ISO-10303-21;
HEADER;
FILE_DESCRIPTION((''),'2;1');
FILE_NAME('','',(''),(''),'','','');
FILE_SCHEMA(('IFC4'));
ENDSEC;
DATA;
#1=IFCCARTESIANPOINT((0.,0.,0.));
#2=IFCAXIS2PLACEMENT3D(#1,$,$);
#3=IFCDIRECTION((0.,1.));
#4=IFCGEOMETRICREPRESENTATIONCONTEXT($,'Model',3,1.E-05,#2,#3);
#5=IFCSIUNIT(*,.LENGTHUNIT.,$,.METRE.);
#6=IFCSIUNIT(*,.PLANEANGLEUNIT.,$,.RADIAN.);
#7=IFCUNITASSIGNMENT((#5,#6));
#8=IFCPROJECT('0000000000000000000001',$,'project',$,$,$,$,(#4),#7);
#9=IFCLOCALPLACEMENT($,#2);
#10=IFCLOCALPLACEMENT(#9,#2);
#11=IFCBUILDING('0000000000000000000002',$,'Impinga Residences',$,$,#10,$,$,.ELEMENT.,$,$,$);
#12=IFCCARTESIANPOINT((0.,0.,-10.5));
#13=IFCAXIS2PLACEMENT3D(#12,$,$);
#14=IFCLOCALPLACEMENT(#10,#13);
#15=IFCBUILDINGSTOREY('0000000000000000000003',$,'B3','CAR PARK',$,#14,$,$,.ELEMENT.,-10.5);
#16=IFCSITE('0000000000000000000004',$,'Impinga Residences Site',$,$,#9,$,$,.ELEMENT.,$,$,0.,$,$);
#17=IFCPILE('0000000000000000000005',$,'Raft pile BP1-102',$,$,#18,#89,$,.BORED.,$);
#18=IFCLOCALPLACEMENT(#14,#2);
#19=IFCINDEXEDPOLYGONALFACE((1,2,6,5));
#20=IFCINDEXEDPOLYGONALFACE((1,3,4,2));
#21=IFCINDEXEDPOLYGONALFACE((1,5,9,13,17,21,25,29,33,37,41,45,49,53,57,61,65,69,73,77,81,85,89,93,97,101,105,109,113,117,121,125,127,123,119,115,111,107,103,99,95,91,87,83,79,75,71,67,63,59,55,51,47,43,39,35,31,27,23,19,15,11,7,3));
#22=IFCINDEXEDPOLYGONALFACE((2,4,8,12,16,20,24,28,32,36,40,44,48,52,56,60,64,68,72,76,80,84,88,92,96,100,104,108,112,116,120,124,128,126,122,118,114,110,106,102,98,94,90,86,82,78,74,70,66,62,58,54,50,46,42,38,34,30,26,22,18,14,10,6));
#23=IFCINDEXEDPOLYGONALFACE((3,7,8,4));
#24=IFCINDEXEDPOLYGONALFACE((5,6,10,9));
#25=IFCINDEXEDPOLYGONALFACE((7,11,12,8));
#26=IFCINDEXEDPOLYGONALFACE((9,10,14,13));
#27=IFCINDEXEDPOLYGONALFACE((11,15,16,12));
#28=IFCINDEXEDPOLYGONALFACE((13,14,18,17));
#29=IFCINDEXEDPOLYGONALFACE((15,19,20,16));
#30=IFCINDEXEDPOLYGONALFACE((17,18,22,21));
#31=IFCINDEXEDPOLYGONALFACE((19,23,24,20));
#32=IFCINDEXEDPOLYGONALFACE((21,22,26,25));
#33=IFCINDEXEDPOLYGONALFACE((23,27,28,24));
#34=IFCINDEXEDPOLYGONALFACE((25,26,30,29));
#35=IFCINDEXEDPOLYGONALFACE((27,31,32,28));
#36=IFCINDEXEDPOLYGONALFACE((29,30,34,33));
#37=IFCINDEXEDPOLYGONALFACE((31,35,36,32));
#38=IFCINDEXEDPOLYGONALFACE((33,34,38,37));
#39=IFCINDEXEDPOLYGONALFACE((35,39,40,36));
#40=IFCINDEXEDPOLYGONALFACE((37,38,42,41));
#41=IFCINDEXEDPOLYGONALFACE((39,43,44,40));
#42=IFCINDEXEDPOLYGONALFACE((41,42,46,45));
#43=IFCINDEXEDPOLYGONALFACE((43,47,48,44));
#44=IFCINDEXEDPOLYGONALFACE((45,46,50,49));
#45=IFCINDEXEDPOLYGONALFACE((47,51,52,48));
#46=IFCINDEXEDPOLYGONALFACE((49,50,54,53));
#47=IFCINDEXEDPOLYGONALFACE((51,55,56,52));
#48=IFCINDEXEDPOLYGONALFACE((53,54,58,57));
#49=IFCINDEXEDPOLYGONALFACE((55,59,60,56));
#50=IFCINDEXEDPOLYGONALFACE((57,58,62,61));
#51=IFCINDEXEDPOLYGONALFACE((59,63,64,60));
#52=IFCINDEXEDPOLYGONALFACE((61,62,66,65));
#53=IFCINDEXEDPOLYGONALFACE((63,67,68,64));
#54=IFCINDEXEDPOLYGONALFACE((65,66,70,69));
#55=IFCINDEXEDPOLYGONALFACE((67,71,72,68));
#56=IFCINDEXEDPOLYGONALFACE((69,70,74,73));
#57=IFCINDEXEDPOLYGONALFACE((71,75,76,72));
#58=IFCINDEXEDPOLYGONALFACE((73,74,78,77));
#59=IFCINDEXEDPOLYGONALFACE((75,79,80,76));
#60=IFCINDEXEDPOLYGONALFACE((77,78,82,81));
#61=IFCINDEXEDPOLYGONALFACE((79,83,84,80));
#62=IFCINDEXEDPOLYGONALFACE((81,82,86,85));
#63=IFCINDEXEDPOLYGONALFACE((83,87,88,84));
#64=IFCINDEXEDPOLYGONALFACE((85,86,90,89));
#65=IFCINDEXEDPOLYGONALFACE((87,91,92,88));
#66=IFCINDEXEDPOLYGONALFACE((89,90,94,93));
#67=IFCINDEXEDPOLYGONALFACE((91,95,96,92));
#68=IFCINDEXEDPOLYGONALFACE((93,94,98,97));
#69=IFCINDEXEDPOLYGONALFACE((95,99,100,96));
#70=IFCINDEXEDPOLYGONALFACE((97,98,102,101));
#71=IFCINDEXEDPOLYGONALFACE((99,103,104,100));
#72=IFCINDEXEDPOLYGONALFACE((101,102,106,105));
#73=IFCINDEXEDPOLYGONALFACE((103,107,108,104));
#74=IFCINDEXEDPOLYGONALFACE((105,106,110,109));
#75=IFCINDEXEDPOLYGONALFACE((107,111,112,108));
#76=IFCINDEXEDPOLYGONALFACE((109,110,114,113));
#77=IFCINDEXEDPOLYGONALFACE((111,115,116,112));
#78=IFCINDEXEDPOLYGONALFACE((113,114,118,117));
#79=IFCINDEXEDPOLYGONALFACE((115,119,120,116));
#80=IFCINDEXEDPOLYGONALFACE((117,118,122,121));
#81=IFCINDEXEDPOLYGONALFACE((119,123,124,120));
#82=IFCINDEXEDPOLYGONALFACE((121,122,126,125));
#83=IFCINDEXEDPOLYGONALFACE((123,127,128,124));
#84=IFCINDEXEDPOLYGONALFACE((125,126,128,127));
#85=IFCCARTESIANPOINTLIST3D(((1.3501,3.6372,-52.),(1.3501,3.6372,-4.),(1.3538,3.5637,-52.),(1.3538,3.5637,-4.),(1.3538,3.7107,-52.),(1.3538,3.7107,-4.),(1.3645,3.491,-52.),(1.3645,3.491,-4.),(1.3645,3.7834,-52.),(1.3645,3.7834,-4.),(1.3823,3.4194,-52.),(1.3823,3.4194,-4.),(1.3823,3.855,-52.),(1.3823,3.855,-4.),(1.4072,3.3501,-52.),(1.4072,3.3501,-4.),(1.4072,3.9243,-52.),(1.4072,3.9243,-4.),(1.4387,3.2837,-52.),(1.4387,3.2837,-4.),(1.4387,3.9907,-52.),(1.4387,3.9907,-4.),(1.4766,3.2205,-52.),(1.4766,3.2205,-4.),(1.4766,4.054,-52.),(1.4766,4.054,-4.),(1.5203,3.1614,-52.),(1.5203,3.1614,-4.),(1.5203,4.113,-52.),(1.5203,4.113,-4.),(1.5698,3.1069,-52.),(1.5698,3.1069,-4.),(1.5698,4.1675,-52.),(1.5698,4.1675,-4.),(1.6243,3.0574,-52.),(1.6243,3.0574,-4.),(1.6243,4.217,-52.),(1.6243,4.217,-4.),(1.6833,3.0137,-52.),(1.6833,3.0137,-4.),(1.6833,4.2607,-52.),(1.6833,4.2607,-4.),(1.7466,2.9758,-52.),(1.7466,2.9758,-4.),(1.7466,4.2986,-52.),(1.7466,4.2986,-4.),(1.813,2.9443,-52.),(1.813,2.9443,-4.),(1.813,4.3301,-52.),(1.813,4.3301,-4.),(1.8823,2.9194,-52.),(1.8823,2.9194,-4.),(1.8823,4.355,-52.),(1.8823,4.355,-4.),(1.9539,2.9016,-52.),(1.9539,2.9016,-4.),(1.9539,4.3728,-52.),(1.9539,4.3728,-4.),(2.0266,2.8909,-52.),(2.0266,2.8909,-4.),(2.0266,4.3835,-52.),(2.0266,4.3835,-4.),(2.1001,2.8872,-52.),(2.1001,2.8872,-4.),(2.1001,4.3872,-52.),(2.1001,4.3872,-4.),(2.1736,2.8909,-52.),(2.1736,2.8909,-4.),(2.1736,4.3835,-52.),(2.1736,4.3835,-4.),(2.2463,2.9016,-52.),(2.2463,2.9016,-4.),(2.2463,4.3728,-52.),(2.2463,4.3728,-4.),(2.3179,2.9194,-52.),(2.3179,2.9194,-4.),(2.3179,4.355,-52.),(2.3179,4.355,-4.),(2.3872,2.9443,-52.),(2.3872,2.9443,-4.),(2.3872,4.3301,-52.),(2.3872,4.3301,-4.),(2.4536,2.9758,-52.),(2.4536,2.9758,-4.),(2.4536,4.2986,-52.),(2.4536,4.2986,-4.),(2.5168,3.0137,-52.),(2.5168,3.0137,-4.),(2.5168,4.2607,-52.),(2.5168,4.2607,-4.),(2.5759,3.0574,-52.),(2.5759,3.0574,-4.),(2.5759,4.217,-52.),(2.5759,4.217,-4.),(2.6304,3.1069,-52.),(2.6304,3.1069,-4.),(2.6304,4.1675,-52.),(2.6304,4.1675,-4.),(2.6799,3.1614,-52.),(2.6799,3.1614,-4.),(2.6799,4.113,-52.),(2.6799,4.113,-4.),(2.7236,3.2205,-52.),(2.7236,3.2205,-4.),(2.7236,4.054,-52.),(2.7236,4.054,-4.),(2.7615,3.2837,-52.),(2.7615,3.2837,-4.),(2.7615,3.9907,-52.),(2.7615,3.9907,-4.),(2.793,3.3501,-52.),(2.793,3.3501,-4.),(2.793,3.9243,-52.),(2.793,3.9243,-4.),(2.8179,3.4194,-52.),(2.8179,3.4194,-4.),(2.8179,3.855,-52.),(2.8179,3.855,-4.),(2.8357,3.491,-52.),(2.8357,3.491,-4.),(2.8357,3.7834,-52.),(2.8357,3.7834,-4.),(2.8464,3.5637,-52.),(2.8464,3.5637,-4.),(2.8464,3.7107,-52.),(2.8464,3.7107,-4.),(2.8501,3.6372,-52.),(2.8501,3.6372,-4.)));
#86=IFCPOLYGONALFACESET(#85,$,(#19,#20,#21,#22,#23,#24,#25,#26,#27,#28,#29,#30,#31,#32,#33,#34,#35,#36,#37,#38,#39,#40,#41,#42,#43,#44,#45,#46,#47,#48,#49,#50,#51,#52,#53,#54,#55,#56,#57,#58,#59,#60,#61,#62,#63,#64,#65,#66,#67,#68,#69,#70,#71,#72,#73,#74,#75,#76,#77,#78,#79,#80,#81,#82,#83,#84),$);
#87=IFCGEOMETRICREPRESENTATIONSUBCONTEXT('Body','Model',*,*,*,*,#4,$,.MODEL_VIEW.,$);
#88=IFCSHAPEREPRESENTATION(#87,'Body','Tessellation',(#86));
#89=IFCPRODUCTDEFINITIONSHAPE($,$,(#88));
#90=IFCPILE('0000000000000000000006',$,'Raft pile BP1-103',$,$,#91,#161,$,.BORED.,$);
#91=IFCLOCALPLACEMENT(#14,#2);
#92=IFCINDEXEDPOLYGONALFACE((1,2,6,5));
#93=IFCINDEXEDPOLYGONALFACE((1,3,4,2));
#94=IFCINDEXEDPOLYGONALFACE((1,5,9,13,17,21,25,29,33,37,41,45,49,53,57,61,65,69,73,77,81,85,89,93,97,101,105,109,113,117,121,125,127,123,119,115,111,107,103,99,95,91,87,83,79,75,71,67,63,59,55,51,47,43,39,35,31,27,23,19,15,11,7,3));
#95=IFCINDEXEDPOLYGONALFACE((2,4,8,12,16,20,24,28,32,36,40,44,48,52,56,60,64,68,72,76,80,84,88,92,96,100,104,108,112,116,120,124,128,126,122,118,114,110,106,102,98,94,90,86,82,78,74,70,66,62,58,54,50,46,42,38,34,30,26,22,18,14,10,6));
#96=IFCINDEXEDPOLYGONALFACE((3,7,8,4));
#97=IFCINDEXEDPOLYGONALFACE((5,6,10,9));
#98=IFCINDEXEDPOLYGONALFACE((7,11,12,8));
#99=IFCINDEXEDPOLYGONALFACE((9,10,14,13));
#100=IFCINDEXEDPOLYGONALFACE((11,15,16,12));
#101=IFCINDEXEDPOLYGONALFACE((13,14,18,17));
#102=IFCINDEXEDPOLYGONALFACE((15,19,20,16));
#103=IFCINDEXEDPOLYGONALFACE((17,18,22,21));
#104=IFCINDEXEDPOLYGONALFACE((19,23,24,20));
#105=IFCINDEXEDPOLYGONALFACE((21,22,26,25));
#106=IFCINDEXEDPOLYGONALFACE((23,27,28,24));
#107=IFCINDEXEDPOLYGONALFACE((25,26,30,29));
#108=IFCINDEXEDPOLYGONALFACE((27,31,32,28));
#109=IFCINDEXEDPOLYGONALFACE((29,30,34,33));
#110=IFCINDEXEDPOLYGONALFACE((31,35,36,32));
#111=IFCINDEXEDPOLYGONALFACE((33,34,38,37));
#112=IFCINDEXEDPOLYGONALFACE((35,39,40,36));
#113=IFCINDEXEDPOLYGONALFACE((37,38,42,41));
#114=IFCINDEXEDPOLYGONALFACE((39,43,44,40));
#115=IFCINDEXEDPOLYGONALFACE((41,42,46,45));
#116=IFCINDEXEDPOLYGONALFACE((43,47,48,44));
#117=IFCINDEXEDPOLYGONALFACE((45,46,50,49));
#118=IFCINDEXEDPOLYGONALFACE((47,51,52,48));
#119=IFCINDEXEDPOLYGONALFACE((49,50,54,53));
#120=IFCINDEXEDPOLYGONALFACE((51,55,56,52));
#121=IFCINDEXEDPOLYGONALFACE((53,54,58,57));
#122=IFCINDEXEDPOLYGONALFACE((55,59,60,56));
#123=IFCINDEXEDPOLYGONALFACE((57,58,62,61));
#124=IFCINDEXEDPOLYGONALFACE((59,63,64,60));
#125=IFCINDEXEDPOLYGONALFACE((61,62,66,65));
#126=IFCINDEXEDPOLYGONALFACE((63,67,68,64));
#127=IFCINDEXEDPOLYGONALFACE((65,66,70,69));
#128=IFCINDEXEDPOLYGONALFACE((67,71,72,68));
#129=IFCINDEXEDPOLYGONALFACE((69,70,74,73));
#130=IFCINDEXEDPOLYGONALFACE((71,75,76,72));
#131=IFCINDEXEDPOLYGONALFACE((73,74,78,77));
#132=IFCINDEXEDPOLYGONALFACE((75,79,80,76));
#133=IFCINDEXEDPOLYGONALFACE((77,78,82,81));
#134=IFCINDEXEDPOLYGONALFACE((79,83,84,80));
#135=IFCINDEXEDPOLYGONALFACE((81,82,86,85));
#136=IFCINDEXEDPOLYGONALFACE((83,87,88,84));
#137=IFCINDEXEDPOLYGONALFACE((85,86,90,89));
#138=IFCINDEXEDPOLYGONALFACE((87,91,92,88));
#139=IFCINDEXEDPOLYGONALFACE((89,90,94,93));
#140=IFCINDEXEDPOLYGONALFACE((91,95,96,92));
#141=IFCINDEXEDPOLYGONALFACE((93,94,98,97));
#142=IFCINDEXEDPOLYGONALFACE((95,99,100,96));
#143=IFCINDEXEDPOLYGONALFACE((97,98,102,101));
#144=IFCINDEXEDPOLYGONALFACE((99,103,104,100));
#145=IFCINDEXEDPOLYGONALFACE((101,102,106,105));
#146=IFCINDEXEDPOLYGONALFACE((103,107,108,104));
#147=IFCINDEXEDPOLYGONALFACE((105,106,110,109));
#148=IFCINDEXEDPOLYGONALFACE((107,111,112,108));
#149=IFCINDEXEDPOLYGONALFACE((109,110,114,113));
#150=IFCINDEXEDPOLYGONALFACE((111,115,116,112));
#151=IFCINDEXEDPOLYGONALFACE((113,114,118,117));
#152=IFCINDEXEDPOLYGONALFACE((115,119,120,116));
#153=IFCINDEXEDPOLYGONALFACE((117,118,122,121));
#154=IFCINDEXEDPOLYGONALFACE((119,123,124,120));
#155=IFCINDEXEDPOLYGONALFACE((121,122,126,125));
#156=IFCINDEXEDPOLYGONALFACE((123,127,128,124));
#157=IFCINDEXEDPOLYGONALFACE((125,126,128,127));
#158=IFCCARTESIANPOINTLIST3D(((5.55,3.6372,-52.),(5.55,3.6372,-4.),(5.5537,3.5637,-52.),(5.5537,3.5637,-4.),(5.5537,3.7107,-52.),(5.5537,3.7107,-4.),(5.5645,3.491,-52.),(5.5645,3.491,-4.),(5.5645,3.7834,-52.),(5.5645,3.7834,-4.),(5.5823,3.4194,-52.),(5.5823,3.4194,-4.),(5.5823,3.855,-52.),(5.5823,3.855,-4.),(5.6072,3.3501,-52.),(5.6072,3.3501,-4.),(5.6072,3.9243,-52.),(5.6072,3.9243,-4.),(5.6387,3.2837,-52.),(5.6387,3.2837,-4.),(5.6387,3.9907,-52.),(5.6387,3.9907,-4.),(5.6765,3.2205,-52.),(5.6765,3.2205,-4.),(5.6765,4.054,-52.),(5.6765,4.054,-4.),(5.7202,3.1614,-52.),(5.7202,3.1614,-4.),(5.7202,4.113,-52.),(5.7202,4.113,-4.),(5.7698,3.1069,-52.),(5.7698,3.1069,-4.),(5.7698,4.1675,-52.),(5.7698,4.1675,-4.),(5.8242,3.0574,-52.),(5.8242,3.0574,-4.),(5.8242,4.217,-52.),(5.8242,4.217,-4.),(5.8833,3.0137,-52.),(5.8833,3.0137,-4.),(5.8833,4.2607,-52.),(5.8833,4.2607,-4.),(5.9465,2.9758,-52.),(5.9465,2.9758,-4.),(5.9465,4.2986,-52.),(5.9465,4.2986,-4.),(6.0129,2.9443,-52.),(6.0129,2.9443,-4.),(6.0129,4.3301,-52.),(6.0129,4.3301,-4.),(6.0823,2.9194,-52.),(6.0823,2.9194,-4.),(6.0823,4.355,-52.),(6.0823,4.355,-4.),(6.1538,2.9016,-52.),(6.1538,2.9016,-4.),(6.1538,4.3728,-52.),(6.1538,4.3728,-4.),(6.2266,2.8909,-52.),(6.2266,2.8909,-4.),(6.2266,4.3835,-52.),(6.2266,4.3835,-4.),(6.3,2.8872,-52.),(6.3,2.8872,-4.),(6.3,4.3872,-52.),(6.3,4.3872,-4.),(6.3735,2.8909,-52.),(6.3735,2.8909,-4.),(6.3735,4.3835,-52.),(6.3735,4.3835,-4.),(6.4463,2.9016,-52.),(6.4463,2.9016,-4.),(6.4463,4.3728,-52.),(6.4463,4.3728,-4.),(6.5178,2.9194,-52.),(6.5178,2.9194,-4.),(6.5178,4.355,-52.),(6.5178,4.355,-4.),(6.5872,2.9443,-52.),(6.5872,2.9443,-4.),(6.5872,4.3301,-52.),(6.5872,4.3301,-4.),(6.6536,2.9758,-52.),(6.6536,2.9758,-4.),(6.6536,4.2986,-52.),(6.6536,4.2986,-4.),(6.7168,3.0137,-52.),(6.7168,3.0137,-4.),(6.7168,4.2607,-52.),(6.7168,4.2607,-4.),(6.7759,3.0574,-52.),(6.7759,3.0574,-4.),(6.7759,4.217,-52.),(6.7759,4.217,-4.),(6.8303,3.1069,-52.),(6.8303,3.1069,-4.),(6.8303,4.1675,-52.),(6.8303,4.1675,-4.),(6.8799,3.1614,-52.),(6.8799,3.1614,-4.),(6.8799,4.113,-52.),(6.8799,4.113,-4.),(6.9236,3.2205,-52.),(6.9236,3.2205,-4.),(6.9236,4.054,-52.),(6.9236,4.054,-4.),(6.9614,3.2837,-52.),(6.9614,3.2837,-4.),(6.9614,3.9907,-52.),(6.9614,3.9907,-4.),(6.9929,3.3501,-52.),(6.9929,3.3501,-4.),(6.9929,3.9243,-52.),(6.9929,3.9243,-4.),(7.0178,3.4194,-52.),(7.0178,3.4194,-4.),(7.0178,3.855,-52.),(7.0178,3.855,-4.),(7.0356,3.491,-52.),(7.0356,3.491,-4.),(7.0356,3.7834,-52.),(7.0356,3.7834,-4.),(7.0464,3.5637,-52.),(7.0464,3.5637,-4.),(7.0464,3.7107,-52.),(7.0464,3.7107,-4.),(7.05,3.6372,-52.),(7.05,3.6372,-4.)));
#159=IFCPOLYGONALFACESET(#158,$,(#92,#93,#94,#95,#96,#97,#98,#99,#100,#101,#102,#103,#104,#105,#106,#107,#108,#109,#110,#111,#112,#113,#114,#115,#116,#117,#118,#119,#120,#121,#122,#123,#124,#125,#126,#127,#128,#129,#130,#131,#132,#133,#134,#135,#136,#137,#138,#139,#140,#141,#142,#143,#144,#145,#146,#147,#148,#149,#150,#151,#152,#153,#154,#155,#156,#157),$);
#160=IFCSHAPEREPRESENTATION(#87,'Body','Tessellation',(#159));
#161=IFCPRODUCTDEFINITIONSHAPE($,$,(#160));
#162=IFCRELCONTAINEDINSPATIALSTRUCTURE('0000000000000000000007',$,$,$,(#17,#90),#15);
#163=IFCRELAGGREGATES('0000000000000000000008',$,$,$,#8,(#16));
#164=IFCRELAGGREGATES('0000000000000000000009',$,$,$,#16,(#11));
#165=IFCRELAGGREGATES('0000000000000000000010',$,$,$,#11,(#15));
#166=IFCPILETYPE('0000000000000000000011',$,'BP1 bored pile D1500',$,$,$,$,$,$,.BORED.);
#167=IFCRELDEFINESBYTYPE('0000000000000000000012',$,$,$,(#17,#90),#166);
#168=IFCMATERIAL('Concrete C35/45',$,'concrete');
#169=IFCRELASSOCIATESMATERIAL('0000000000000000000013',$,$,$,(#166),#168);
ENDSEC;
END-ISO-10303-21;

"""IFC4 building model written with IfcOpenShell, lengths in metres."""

from ifc_helpers import new_model, si_unit, direction, frame, origin, origin_2d, place, context, subcontext, project, spatial, polyline, circle, outline, extrude, material, material_profile, profile_set, type_object, element, save


model = new_model("IFC4")

# Units and contexts
model_context = context("Model", 3, precision=1e-05, world=origin(), true_north=direction((0.0, 1.0)))
body_context = subcontext(model_context, "Body", "Model", "MODEL_VIEW")
ifc_project = project(units=[si_unit("LENGTHUNIT", "METRE"), si_unit("PLANEANGLEUNIT", "RADIAN")], contexts=[model_context])

# Site, building, storey
site_placement = place(None, origin())
site = spatial("IfcSite", under=ifc_project, at=site_placement, Name="Impinga Residences Site", CompositionType="ELEMENT", RefElevation=0.0)
building_placement = place(site_placement, origin())
building = spatial("IfcBuilding", under=site, at=building_placement, Name="Impinga Residences", CompositionType="ELEMENT")
storey_placement = place(building_placement, frame((0.0, 0.0, -10.5)))
storey = spatial("IfcBuildingStorey", under=building, at=storey_placement, Name="B3", Description="CAR PARK", CompositionType="ELEMENT", Elevation=-10.5)

# Piles
ifc_material_1 = material(Name="Concrete C35/45", Category="concrete")
ifc_material_profile = material_profile(ifc_material_1, circle(Radius=0.75, at=origin_2d()), Name="D1500")
ifc_profile_set = profile_set([ifc_material_profile], Name="Concrete C35/45")
pile_type = type_object("IfcPileType", Name="BP1 bored pile D1500", PredefinedType="BORED", material=ifc_profile_set)
pile_1_placement = place(storey_placement, frame((2.1001, 3.6372, -4.0), z_axis=(0.0, 0.0, -1.0), x_axis=(1.0, 0.0, 0.0)))
element("IfcPile", 1, at=pile_1_placement, inside=storey, type_object=pile_type, Name="Raft pile BP1-102", PredefinedType="BORED", context=body_context, shape_type="SweptSolid", body=[
    extrude(outline(polyline([(0.75, 0.0), (0.7463, 0.0735), (0.7356, 0.1462), (0.7178, 0.2178), (0.6929, 0.2871), (0.6614, 0.3535), (0.6235, 0.4167), (0.5798, 0.4758), (0.5303, 0.5303), (0.4758, 0.5798), (0.4167, 0.6235), (0.3535, 0.6614), (0.2871, 0.6929), (0.2178, 0.7178), (0.1462, 0.7356), (0.0735, 0.7463), (0.0, 0.75), (-0.0735, 0.7463), (-0.1462, 0.7356), (-0.2178, 0.7178), (-0.2871, 0.6929), (-0.3535, 0.6614), (-0.4167, 0.6235), (-0.4758, 0.5798), (-0.5303, 0.5303), (-0.5798, 0.4758), (-0.6235, 0.4167), (-0.6614, 0.3535), (-0.6929, 0.2871), (-0.7178, 0.2178), (-0.7356, 0.1462), (-0.7463, 0.0735), (-0.75, 0.0), (-0.7463, -0.0735), (-0.7356, -0.1462), (-0.7178, -0.2178), (-0.6929, -0.2871), (-0.6614, -0.3535), (-0.6235, -0.4167), (-0.5798, -0.4758), (-0.5303, -0.5303), (-0.4758, -0.5798), (-0.4167, -0.6235), (-0.3535, -0.6614), (-0.2871, -0.6929), (-0.2178, -0.7178), (-0.1462, -0.7356), (-0.0735, -0.7463), (0.0, -0.75), (0.0735, -0.7463), (0.1462, -0.7356), (0.2178, -0.7178), (0.2871, -0.6929), (0.3535, -0.6614), (0.4167, -0.6235), (0.4758, -0.5798), (0.5303, -0.5303), (0.5798, -0.4758), (0.6235, -0.4167), (0.6614, -0.3535), (0.6929, -0.2871), (0.7178, -0.2178), (0.7356, -0.1462), (0.7463, -0.0735), (0.75, 0.0)])), origin(), (0.0, 0.0, 1.0), 48.0),
])
pile_2_placement = place(storey_placement, frame((6.3, 3.6372, -4.0), z_axis=(0.0, 0.0, -1.0), x_axis=(1.0, 0.0, 0.0)))
element("IfcPile", 2, at=pile_2_placement, inside=storey, type_object=pile_type, Name="Raft pile BP1-103", PredefinedType="BORED", context=body_context, shape_type="SweptSolid", body=[
    extrude(outline(polyline([(0.75, 0.0), (0.7463, 0.0735), (0.7356, 0.1462), (0.7178, 0.2178), (0.6929, 0.2871), (0.6614, 0.3535), (0.6235, 0.4167), (0.5798, 0.4758), (0.5303, 0.5303), (0.4758, 0.5798), (0.4167, 0.6235), (0.3535, 0.6614), (0.2871, 0.6929), (0.2178, 0.7178), (0.1462, 0.7356), (0.0735, 0.7463), (0.0, 0.75), (-0.0735, 0.7463), (-0.1462, 0.7356), (-0.2178, 0.7178), (-0.2871, 0.6929), (-0.3535, 0.6614), (-0.4167, 0.6235), (-0.4758, 0.5798), (-0.5303, 0.5303), (-0.5798, 0.4758), (-0.6235, 0.4167), (-0.6614, 0.3535), (-0.6929, 0.2871), (-0.7178, 0.2178), (-0.7356, 0.1462), (-0.7463, 0.0735), (-0.75, 0.0), (-0.7463, -0.0735), (-0.7356, -0.1462), (-0.7178, -0.2178), (-0.6929, -0.2871), (-0.6614, -0.3535), (-0.6235, -0.4167), (-0.5798, -0.4758), (-0.5303, -0.5303), (-0.4758, -0.5798), (-0.4167, -0.6235), (-0.3535, -0.6614), (-0.2871, -0.6929), (-0.2178, -0.7178), (-0.1462, -0.7356), (-0.0735, -0.7463), (0.0, -0.75), (0.0735, -0.7463), (0.1462, -0.7356), (0.2178, -0.7178), (0.2871, -0.6929), (0.3535, -0.6614), (0.4167, -0.6235), (0.4758, -0.5798), (0.5303, -0.5303), (0.5798, -0.4758), (0.6235, -0.4167), (0.6614, -0.3535), (0.6929, -0.2871), (0.7178, -0.2178), (0.7356, -0.1462), (0.7463, -0.0735), (0.75, 0.0)])), origin(), (0.0, 0.0, 1.0), 48.0),
])

save(model, "model.ifc")
